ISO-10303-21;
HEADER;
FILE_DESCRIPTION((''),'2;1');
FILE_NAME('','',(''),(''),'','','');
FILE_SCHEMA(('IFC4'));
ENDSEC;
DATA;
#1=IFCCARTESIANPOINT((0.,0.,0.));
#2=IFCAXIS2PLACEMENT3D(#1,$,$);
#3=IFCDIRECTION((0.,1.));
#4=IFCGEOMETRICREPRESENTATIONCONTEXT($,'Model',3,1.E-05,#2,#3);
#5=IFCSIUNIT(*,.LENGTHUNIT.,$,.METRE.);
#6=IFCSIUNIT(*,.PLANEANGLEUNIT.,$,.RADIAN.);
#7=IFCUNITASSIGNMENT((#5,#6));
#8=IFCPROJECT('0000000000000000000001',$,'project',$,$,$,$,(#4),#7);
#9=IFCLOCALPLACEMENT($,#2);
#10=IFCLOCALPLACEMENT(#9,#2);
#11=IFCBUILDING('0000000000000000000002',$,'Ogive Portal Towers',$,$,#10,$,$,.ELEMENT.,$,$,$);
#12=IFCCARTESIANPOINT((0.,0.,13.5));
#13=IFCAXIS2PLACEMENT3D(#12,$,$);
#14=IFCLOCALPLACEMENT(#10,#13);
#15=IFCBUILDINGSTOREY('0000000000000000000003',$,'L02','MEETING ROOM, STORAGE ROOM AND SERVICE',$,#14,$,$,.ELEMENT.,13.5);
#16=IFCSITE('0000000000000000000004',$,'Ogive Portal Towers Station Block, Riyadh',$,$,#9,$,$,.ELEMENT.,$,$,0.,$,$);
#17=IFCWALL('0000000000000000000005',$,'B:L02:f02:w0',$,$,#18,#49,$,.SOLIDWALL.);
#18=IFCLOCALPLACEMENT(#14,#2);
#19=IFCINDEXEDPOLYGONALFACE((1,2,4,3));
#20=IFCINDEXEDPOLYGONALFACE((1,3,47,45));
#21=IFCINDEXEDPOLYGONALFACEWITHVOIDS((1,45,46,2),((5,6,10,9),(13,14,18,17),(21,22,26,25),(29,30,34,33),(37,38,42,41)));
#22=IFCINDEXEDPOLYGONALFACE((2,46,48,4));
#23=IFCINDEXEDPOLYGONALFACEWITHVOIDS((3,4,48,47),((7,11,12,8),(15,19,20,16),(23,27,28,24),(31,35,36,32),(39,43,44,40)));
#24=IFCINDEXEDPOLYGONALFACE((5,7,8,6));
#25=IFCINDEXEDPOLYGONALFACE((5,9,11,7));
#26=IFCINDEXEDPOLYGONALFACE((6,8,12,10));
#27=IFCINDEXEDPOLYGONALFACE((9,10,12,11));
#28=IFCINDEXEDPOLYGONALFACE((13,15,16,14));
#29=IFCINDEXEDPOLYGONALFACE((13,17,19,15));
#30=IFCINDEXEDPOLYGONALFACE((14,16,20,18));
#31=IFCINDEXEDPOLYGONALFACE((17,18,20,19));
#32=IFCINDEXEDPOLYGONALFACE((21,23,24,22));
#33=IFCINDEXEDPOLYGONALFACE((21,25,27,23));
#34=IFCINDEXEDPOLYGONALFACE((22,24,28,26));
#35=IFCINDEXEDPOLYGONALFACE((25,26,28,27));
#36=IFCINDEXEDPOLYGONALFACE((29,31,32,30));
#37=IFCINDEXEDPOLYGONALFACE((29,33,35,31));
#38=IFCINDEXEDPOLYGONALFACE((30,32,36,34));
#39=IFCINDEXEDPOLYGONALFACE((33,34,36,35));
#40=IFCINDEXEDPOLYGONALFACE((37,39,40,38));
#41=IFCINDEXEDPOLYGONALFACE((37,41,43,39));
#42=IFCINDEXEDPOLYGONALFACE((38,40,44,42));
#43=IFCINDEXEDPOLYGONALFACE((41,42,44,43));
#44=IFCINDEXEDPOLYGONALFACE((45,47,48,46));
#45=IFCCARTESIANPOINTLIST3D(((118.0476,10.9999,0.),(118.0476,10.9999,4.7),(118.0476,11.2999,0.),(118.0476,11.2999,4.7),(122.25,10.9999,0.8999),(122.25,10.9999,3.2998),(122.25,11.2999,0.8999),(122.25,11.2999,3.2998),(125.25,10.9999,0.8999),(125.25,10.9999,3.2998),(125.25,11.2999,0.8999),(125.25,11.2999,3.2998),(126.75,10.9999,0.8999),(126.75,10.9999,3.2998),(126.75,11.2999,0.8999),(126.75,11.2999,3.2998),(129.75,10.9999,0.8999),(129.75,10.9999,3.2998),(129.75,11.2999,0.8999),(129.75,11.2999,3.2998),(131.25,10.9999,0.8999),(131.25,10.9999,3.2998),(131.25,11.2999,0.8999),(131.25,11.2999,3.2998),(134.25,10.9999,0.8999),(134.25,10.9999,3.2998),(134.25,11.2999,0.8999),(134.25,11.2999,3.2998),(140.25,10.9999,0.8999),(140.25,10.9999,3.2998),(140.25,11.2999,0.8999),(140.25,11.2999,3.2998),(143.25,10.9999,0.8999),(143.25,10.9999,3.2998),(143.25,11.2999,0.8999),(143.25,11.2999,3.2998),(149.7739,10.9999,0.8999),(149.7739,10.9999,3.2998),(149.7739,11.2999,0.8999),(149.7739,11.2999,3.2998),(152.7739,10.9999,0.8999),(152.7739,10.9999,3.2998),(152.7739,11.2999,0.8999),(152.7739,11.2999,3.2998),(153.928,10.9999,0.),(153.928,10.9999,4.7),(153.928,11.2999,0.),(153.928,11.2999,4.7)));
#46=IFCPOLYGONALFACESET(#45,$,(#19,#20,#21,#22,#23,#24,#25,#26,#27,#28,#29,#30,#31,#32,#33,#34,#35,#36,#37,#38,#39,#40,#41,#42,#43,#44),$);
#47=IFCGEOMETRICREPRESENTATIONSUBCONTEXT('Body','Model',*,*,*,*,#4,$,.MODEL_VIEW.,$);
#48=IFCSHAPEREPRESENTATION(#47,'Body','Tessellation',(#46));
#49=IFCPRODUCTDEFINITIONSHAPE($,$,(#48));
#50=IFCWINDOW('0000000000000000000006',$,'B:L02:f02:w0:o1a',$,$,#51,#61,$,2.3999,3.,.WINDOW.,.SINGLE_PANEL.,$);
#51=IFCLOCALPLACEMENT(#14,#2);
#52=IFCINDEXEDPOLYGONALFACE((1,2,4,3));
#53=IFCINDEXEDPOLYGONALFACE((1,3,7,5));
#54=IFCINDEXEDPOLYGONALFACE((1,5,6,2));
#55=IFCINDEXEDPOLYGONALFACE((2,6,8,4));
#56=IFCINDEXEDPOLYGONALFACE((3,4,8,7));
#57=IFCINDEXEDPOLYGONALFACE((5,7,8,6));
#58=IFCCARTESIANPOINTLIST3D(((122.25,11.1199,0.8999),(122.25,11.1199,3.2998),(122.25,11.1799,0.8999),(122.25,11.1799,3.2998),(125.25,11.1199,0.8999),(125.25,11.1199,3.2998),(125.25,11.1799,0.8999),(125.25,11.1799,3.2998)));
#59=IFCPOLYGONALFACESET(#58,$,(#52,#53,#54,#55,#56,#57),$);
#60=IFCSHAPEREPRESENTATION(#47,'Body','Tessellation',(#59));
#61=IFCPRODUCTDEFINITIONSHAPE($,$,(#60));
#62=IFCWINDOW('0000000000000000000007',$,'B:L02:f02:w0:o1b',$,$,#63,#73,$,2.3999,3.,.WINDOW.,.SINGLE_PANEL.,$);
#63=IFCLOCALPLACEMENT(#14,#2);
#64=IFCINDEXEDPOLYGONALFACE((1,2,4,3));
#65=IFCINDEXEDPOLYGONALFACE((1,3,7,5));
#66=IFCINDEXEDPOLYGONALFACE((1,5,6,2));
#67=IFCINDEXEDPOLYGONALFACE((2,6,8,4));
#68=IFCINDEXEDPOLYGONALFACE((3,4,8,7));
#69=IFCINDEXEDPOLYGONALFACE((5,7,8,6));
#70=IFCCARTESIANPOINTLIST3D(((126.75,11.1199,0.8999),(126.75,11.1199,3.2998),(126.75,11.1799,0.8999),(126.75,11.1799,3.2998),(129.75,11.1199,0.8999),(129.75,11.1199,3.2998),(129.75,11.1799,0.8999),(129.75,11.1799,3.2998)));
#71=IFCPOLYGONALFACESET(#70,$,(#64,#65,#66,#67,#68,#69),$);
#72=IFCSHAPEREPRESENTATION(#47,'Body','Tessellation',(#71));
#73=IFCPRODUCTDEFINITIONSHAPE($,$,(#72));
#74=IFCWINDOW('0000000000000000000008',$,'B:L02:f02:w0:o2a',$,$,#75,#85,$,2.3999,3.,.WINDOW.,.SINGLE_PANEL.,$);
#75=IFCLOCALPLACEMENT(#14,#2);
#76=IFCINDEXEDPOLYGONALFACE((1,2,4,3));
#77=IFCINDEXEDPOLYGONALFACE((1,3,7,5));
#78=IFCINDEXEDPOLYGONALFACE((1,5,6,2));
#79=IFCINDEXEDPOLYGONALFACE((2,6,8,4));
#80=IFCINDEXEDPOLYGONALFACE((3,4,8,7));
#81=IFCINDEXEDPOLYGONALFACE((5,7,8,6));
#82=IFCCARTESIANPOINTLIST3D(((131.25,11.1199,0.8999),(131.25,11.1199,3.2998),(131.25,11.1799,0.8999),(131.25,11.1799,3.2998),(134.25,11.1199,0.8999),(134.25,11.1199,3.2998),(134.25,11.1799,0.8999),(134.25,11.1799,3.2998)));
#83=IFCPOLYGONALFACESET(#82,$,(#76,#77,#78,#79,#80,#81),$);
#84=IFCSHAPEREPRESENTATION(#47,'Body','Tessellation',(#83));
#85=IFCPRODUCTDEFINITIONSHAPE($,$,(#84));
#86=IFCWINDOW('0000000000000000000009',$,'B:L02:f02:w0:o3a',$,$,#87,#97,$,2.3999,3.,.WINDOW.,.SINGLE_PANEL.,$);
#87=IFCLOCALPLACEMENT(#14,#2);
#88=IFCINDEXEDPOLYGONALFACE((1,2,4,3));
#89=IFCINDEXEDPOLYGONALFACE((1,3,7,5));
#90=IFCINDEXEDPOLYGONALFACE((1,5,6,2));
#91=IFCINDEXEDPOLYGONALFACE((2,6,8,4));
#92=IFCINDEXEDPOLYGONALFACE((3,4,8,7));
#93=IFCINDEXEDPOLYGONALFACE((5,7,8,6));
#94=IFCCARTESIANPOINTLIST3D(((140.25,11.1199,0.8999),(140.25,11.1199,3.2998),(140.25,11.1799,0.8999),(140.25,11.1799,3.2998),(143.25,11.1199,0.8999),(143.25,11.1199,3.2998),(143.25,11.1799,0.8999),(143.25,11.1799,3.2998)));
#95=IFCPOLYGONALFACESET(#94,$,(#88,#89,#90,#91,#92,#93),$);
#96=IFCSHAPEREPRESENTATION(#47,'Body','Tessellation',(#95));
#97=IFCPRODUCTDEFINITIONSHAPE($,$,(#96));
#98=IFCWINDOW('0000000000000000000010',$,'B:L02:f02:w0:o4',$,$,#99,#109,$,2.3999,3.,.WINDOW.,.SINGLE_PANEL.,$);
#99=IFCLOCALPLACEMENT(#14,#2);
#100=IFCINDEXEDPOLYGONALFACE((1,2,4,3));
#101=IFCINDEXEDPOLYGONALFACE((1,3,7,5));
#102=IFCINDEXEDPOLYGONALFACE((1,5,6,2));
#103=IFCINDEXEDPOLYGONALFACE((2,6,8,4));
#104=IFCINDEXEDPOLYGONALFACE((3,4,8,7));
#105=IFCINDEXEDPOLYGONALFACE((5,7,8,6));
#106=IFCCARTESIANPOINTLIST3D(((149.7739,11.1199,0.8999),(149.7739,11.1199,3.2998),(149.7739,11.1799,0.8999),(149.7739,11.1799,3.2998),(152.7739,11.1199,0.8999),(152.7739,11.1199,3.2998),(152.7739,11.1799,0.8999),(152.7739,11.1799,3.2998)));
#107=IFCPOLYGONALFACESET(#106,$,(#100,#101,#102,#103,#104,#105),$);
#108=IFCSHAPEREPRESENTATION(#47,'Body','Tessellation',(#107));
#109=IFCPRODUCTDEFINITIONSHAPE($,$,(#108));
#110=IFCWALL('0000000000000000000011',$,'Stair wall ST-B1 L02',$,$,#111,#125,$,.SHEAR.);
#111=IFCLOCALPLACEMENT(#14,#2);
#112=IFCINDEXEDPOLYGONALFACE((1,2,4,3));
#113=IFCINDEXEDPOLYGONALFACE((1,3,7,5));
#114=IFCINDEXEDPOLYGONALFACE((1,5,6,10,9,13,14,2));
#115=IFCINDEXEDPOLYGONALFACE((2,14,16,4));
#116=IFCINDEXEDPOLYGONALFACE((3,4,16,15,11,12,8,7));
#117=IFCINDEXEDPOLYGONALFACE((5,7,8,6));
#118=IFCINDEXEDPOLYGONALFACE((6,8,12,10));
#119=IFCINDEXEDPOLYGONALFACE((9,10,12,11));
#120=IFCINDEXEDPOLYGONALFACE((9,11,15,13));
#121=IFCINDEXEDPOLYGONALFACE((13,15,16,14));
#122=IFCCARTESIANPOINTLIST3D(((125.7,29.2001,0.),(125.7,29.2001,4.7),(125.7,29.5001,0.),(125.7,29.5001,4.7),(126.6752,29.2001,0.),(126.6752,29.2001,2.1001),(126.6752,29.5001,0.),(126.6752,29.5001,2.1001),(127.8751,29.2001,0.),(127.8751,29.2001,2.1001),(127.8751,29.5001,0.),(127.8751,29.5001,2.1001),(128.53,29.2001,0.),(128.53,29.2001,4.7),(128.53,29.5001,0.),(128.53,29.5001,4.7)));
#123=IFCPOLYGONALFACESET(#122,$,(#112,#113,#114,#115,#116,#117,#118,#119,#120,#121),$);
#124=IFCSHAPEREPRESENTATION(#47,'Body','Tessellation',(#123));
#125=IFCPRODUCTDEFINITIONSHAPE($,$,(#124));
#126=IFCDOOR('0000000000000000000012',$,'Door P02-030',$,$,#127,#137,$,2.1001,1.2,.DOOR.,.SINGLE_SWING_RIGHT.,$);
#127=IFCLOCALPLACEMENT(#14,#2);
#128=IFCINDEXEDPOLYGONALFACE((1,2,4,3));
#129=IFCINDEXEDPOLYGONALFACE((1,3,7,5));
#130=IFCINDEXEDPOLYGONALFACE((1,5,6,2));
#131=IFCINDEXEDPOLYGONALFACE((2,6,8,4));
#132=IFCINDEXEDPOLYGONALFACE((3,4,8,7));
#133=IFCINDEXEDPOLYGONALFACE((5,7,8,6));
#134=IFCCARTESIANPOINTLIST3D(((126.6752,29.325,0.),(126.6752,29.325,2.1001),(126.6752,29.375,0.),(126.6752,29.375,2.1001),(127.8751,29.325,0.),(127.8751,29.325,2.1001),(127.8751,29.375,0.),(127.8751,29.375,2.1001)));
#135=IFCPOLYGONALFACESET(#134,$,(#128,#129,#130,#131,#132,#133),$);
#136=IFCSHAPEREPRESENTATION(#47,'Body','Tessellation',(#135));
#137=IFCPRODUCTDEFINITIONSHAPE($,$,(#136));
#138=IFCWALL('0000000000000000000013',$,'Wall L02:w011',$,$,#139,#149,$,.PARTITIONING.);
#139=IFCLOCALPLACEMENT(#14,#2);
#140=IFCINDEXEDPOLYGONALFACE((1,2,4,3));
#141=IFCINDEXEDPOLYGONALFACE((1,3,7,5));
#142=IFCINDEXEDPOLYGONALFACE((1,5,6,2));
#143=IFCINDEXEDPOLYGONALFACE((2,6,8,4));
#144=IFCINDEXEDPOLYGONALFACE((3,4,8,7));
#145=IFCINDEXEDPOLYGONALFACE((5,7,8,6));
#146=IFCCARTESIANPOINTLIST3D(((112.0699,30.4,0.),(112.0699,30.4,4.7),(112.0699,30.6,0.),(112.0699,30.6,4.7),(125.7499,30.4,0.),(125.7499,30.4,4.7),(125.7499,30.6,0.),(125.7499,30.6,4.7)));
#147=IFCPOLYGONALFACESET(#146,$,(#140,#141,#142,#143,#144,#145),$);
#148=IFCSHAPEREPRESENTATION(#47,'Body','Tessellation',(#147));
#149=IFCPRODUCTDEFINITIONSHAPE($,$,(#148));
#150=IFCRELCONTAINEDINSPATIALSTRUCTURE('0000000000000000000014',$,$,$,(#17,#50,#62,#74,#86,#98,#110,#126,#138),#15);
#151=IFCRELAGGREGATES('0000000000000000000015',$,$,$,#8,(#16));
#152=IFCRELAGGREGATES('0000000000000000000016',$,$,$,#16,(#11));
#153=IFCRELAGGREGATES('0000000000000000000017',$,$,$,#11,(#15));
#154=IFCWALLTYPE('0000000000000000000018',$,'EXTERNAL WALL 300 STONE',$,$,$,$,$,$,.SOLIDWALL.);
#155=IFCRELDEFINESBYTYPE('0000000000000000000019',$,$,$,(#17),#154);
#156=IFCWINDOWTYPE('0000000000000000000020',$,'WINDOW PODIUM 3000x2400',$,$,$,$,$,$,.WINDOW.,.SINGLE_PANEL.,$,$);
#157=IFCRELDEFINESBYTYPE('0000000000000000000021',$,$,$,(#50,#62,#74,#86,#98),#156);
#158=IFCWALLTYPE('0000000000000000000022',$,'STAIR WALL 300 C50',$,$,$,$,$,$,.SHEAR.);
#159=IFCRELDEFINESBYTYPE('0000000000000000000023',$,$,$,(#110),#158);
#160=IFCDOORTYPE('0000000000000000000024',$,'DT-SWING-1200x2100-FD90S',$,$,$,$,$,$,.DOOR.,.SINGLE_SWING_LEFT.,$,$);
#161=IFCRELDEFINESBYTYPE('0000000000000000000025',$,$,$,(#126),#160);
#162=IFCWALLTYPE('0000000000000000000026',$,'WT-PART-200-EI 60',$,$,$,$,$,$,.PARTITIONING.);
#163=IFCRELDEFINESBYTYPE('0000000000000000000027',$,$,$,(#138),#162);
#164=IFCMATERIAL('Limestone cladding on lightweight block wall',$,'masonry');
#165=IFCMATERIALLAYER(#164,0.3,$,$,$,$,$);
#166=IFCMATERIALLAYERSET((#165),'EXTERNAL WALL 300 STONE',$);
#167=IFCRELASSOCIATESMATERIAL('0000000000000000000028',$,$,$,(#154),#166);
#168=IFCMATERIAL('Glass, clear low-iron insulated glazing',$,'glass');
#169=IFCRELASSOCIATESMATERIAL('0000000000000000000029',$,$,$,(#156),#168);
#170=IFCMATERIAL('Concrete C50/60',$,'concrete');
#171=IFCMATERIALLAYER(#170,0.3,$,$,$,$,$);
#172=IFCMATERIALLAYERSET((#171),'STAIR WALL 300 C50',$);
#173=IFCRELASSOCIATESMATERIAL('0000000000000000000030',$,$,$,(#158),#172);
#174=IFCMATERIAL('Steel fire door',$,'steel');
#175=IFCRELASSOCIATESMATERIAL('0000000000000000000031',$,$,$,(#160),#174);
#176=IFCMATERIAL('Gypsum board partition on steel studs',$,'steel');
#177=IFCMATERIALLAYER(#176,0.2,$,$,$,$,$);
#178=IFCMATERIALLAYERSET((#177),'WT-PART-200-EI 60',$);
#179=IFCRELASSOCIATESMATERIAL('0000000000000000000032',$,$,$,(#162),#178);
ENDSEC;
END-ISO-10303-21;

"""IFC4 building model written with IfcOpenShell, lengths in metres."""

from ifc_helpers import new_model, si_unit, direction, frame, frame_2d, origin, place, context, subcontext, project, spatial, rectangle, extrude, material, layer, layer_set, type_object, element, fill, save


model = new_model("IFC4")

# Units and contexts
model_context = context("Model", 3, precision=1e-05, world=origin(), true_north=direction((0.0, 1.0)))
body_context = subcontext(model_context, "Body", "Model", "MODEL_VIEW")
ifc_project = project(units=[si_unit("LENGTHUNIT", "METRE"), si_unit("PLANEANGLEUNIT", "RADIAN")], contexts=[model_context])

# Site, building, storey
site_placement = place(None, origin())
site = spatial("IfcSite", under=ifc_project, at=site_placement, Name="Ogive Portal Towers Station Block, Riyadh", CompositionType="ELEMENT", RefElevation=0.0)
building_placement = place(site_placement, origin())
building = spatial("IfcBuilding", under=site, at=building_placement, Name="Ogive Portal Towers", CompositionType="ELEMENT")
storey_placement = place(building_placement, frame((0.0, 0.0, 13.5)))
storey = spatial("IfcBuildingStorey", under=building, at=storey_placement, Name="L02", Description="MEETING ROOM, STORAGE ROOM AND SERVICE", CompositionType="ELEMENT", Elevation=13.5)

# Shared definitions
ifc_material_1 = material(Name="Concrete C50/60", Category="concrete")

# Shared definitions
ifc_material_2 = material(Name="Limestone cladding on lightweight block wall", Category="masonry")
ifc_layer_1 = layer(ifc_material_2, 0.3)
ifc_layer_set_1 = layer_set([ifc_layer_1], Name="EXTERNAL WALL 300 STONE")
wall_type_1 = type_object("IfcWallType", Name="EXTERNAL WALL 300 STONE", PredefinedType="SOLIDWALL", material=ifc_layer_set_1)
ifc_material_3 = material(Name="Glass, clear low-iron insulated glazing", Category="glass")
window_type = type_object("IfcWindowType", Name="WINDOW PODIUM 3000x2400", PartitioningType="SINGLE_PANEL", PredefinedType="WINDOW", material=ifc_material_3)

# Wall, openings, windows
wall_1_placement = place(storey_placement, frame((118.0476, 11.1499, 0.0), z_axis=(0.0, 0.0, 1.0), x_axis=(1.0, 0.0, 0.0)))
wall_1 = element("IfcWall", 1, at=wall_1_placement, inside=storey, type_object=wall_type_1, Name="B:L02:f02:w0", PredefinedType="SOLIDWALL", context=body_context, shape_type="SweptSolid", body=[
    extrude(rectangle(XDim=35.8804, YDim=0.3, at=frame_2d((17.9402, 0.0))), origin(), (0.0, 0.0, 1.0), 4.7),
])
opening_1_placement = place(wall_1_placement, frame((4.2024, 0.0, 0.8999)))
opening_1 = element("IfcOpeningElement", 2, at=opening_1_placement, cuts=wall_1, PredefinedType="OPENING", context=body_context, shape_type="SweptSolid", body=[
    extrude(rectangle(XDim=3.0, YDim=2.3999, at=frame_2d((1.5, 1.2))), frame((0.0, 0.1602, 0.0), z_axis=(0.0, -1.0, 0.0), x_axis=(1.0, 0.0, 0.0)), (0.0, 0.0, 1.0), 0.3201),
])
opening_2_placement = place(wall_1_placement, frame((8.7024, 0.0, 0.8999)))
opening_2 = element("IfcOpeningElement", 3, at=opening_2_placement, cuts=wall_1, PredefinedType="OPENING", context=body_context, shape_type="SweptSolid", body=[
    extrude(rectangle(XDim=3.0, YDim=2.3999, at=frame_2d((1.5, 1.2))), frame((0.0, 0.1602, 0.0), z_axis=(0.0, -1.0, 0.0), x_axis=(1.0, 0.0, 0.0)), (0.0, 0.0, 1.0), 0.3201),
])
opening_3_placement = place(wall_1_placement, frame((13.2024, 0.0, 0.8999)))
opening_3 = element("IfcOpeningElement", 4, at=opening_3_placement, cuts=wall_1, PredefinedType="OPENING", context=body_context, shape_type="SweptSolid", body=[
    extrude(rectangle(XDim=3.0, YDim=2.3999, at=frame_2d((1.5, 1.2))), frame((0.0, 0.1602, 0.0), z_axis=(0.0, -1.0, 0.0), x_axis=(1.0, 0.0, 0.0)), (0.0, 0.0, 1.0), 0.3201),
])
opening_4_placement = place(wall_1_placement, frame((22.2024, 0.0, 0.8999)))
opening_4 = element("IfcOpeningElement", 5, at=opening_4_placement, cuts=wall_1, PredefinedType="OPENING", context=body_context, shape_type="SweptSolid", body=[
    extrude(rectangle(XDim=3.0, YDim=2.3999, at=frame_2d((1.5, 1.2))), frame((0.0, 0.1602, 0.0), z_axis=(0.0, -1.0, 0.0), x_axis=(1.0, 0.0, 0.0)), (0.0, 0.0, 1.0), 0.3201),
])
opening_5_placement = place(wall_1_placement, frame((31.7263, 0.0, 0.8999)))
opening_5 = element("IfcOpeningElement", 6, at=opening_5_placement, cuts=wall_1, PredefinedType="OPENING", context=body_context, shape_type="SweptSolid", body=[
    extrude(rectangle(XDim=3.0, YDim=2.3999, at=frame_2d((1.5, 1.2))), frame((0.0, 0.1602, 0.0), z_axis=(0.0, -1.0, 0.0), x_axis=(1.0, 0.0, 0.0)), (0.0, 0.0, 1.0), 0.3201),
])
window_1_placement = place(opening_1_placement, origin())
window_1 = element("IfcWindow", 7, at=window_1_placement, inside=storey, type_object=window_type, Name="B:L02:f02:w0:o1a", OverallHeight=2.3999, OverallWidth=3.0, PartitioningType="SINGLE_PANEL", PredefinedType="WINDOW", context=body_context, shape_type="SweptSolid", body=[
    extrude(rectangle(XDim=3.0, YDim=2.3999, at=frame_2d((1.5, 1.2))), frame((0.0, 0.03, 0.0), z_axis=(0.0, -1.0, 0.0), x_axis=(1.0, 0.0, 0.0)), (0.0, 0.0, 1.0), 0.0601),
])
fill(opening_1, window_1)
window_2_placement = place(opening_2_placement, origin())
window_2 = element("IfcWindow", 8, at=window_2_placement, inside=storey, type_object=window_type, Name="B:L02:f02:w0:o1b", OverallHeight=2.3999, OverallWidth=3.0, PartitioningType="SINGLE_PANEL", PredefinedType="WINDOW", context=body_context, shape_type="SweptSolid", body=[
    extrude(rectangle(XDim=3.0, YDim=2.3999, at=frame_2d((1.5, 1.2))), frame((0.0, 0.03, 0.0), z_axis=(0.0, -1.0, 0.0), x_axis=(1.0, 0.0, 0.0)), (0.0, 0.0, 1.0), 0.0601),
])
fill(opening_2, window_2)
window_3_placement = place(opening_3_placement, origin())
window_3 = element("IfcWindow", 9, at=window_3_placement, inside=storey, type_object=window_type, Name="B:L02:f02:w0:o2a", OverallHeight=2.3999, OverallWidth=3.0, PartitioningType="SINGLE_PANEL", PredefinedType="WINDOW", context=body_context, shape_type="SweptSolid", body=[
    extrude(rectangle(XDim=3.0, YDim=2.3999, at=frame_2d((1.5, 1.2))), frame((0.0, 0.03, 0.0), z_axis=(0.0, -1.0, 0.0), x_axis=(1.0, 0.0, 0.0)), (0.0, 0.0, 1.0), 0.0601),
])
fill(opening_3, window_3)
window_4_placement = place(opening_4_placement, origin())
window_4 = element("IfcWindow", 10, at=window_4_placement, inside=storey, type_object=window_type, Name="B:L02:f02:w0:o3a", OverallHeight=2.3999, OverallWidth=3.0, PartitioningType="SINGLE_PANEL", PredefinedType="WINDOW", context=body_context, shape_type="SweptSolid", body=[
    extrude(rectangle(XDim=3.0, YDim=2.3999, at=frame_2d((1.5, 1.2))), frame((0.0, 0.03, 0.0), z_axis=(0.0, -1.0, 0.0), x_axis=(1.0, 0.0, 0.0)), (0.0, 0.0, 1.0), 0.0601),
])
fill(opening_4, window_4)
window_5_placement = place(opening_5_placement, origin())
window_5 = element("IfcWindow", 11, at=window_5_placement, inside=storey, type_object=window_type, Name="B:L02:f02:w0:o4", OverallHeight=2.3999, OverallWidth=3.0, PartitioningType="SINGLE_PANEL", PredefinedType="WINDOW", context=body_context, shape_type="SweptSolid", body=[
    extrude(rectangle(XDim=3.0, YDim=2.3999, at=frame_2d((1.5, 1.2))), frame((0.0, 0.03, 0.0), z_axis=(0.0, -1.0, 0.0), x_axis=(1.0, 0.0, 0.0)), (0.0, 0.0, 1.0), 0.0601),
])
fill(opening_5, window_5)

# Wall, opening, door
ifc_layer_2 = layer(ifc_material_1, 0.3)
ifc_layer_set_2 = layer_set([ifc_layer_2], Name="STAIR WALL 300 C50")
wall_type_2 = type_object("IfcWallType", Name="STAIR WALL 300 C50", PredefinedType="SHEAR", material=ifc_layer_set_2)
wall_2_placement = place(storey_placement, frame((125.7, 29.3501, 0.0), z_axis=(0.0, 0.0, 1.0), x_axis=(1.0, 0.0, 0.0)))
wall_2 = element("IfcWall", 12, at=wall_2_placement, inside=storey, type_object=wall_type_2, Name="Stair wall ST-B1 L02", PredefinedType="SHEAR", context=body_context, shape_type="SweptSolid", body=[
    extrude(rectangle(XDim=2.8301, YDim=0.3, at=frame_2d((1.415, 0.0))), origin(), (0.0, 0.0, 1.0), 4.7),
])
opening_6_placement = place(wall_2_placement, frame((0.9751, 0.0, 0.0)))
opening_6 = element("IfcOpeningElement", 13, at=opening_6_placement, cuts=wall_2, PredefinedType="OPENING", context=body_context, shape_type="SweptSolid", body=[
    extrude(rectangle(XDim=1.2, YDim=2.1001, at=frame_2d((0.6001, 1.05))), frame((0.0, 0.1602, 0.0), z_axis=(0.0, -1.0, 0.0), x_axis=(1.0, 0.0, 0.0)), (0.0, 0.0, 1.0), 0.3201),
])
ifc_material_4 = material(Name="Steel fire door", Category="steel")
door_type = type_object("IfcDoorType", Name="DT-SWING-1200x2100-FD90S", OperationType="SINGLE_SWING_LEFT", PredefinedType="DOOR", material=ifc_material_4)
door_placement = place(opening_6_placement, origin())
door = element("IfcDoor", 14, at=door_placement, inside=storey, type_object=door_type, Name="Door P02-030", OperationType="SINGLE_SWING_RIGHT", OverallHeight=2.1001, OverallWidth=1.2, PredefinedType="DOOR", context=body_context, shape_type="SweptSolid", body=[
    extrude(rectangle(XDim=1.2, YDim=2.1001, at=frame_2d((0.6001, 1.05))), frame((0.0, 0.0249, 0.0), z_axis=(0.0, -1.0, 0.0), x_axis=(1.0, 0.0, 0.0)), (0.0, 0.0, 1.0), 0.05),
])
fill(opening_6, door)

# Wall
ifc_material_5 = material(Name="Gypsum board partition on steel studs", Category="steel")
ifc_layer_3 = layer(ifc_material_5, 0.2)
ifc_layer_set_3 = layer_set([ifc_layer_3], Name="WT-PART-200-EI 60")
wall_type_3 = type_object("IfcWallType", Name="WT-PART-200-EI 60", PredefinedType="PARTITIONING", material=ifc_layer_set_3)
wall_3_placement = place(storey_placement, frame((112.0701, 30.5, 0.0), z_axis=(0.0, 0.0, 1.0), x_axis=(1.0, 0.0, 0.0)))
element("IfcWall", 15, at=wall_3_placement, inside=storey, type_object=wall_type_3, Name="Wall L02:w011", PredefinedType="PARTITIONING", context=body_context, shape_type="SweptSolid", body=[
    extrude(rectangle(XDim=13.6799, YDim=0.2, at=frame_2d((6.8398, 0.0))), origin(), (0.0, 0.0, 1.0), 4.7),
])

save(model, "model.ifc")
